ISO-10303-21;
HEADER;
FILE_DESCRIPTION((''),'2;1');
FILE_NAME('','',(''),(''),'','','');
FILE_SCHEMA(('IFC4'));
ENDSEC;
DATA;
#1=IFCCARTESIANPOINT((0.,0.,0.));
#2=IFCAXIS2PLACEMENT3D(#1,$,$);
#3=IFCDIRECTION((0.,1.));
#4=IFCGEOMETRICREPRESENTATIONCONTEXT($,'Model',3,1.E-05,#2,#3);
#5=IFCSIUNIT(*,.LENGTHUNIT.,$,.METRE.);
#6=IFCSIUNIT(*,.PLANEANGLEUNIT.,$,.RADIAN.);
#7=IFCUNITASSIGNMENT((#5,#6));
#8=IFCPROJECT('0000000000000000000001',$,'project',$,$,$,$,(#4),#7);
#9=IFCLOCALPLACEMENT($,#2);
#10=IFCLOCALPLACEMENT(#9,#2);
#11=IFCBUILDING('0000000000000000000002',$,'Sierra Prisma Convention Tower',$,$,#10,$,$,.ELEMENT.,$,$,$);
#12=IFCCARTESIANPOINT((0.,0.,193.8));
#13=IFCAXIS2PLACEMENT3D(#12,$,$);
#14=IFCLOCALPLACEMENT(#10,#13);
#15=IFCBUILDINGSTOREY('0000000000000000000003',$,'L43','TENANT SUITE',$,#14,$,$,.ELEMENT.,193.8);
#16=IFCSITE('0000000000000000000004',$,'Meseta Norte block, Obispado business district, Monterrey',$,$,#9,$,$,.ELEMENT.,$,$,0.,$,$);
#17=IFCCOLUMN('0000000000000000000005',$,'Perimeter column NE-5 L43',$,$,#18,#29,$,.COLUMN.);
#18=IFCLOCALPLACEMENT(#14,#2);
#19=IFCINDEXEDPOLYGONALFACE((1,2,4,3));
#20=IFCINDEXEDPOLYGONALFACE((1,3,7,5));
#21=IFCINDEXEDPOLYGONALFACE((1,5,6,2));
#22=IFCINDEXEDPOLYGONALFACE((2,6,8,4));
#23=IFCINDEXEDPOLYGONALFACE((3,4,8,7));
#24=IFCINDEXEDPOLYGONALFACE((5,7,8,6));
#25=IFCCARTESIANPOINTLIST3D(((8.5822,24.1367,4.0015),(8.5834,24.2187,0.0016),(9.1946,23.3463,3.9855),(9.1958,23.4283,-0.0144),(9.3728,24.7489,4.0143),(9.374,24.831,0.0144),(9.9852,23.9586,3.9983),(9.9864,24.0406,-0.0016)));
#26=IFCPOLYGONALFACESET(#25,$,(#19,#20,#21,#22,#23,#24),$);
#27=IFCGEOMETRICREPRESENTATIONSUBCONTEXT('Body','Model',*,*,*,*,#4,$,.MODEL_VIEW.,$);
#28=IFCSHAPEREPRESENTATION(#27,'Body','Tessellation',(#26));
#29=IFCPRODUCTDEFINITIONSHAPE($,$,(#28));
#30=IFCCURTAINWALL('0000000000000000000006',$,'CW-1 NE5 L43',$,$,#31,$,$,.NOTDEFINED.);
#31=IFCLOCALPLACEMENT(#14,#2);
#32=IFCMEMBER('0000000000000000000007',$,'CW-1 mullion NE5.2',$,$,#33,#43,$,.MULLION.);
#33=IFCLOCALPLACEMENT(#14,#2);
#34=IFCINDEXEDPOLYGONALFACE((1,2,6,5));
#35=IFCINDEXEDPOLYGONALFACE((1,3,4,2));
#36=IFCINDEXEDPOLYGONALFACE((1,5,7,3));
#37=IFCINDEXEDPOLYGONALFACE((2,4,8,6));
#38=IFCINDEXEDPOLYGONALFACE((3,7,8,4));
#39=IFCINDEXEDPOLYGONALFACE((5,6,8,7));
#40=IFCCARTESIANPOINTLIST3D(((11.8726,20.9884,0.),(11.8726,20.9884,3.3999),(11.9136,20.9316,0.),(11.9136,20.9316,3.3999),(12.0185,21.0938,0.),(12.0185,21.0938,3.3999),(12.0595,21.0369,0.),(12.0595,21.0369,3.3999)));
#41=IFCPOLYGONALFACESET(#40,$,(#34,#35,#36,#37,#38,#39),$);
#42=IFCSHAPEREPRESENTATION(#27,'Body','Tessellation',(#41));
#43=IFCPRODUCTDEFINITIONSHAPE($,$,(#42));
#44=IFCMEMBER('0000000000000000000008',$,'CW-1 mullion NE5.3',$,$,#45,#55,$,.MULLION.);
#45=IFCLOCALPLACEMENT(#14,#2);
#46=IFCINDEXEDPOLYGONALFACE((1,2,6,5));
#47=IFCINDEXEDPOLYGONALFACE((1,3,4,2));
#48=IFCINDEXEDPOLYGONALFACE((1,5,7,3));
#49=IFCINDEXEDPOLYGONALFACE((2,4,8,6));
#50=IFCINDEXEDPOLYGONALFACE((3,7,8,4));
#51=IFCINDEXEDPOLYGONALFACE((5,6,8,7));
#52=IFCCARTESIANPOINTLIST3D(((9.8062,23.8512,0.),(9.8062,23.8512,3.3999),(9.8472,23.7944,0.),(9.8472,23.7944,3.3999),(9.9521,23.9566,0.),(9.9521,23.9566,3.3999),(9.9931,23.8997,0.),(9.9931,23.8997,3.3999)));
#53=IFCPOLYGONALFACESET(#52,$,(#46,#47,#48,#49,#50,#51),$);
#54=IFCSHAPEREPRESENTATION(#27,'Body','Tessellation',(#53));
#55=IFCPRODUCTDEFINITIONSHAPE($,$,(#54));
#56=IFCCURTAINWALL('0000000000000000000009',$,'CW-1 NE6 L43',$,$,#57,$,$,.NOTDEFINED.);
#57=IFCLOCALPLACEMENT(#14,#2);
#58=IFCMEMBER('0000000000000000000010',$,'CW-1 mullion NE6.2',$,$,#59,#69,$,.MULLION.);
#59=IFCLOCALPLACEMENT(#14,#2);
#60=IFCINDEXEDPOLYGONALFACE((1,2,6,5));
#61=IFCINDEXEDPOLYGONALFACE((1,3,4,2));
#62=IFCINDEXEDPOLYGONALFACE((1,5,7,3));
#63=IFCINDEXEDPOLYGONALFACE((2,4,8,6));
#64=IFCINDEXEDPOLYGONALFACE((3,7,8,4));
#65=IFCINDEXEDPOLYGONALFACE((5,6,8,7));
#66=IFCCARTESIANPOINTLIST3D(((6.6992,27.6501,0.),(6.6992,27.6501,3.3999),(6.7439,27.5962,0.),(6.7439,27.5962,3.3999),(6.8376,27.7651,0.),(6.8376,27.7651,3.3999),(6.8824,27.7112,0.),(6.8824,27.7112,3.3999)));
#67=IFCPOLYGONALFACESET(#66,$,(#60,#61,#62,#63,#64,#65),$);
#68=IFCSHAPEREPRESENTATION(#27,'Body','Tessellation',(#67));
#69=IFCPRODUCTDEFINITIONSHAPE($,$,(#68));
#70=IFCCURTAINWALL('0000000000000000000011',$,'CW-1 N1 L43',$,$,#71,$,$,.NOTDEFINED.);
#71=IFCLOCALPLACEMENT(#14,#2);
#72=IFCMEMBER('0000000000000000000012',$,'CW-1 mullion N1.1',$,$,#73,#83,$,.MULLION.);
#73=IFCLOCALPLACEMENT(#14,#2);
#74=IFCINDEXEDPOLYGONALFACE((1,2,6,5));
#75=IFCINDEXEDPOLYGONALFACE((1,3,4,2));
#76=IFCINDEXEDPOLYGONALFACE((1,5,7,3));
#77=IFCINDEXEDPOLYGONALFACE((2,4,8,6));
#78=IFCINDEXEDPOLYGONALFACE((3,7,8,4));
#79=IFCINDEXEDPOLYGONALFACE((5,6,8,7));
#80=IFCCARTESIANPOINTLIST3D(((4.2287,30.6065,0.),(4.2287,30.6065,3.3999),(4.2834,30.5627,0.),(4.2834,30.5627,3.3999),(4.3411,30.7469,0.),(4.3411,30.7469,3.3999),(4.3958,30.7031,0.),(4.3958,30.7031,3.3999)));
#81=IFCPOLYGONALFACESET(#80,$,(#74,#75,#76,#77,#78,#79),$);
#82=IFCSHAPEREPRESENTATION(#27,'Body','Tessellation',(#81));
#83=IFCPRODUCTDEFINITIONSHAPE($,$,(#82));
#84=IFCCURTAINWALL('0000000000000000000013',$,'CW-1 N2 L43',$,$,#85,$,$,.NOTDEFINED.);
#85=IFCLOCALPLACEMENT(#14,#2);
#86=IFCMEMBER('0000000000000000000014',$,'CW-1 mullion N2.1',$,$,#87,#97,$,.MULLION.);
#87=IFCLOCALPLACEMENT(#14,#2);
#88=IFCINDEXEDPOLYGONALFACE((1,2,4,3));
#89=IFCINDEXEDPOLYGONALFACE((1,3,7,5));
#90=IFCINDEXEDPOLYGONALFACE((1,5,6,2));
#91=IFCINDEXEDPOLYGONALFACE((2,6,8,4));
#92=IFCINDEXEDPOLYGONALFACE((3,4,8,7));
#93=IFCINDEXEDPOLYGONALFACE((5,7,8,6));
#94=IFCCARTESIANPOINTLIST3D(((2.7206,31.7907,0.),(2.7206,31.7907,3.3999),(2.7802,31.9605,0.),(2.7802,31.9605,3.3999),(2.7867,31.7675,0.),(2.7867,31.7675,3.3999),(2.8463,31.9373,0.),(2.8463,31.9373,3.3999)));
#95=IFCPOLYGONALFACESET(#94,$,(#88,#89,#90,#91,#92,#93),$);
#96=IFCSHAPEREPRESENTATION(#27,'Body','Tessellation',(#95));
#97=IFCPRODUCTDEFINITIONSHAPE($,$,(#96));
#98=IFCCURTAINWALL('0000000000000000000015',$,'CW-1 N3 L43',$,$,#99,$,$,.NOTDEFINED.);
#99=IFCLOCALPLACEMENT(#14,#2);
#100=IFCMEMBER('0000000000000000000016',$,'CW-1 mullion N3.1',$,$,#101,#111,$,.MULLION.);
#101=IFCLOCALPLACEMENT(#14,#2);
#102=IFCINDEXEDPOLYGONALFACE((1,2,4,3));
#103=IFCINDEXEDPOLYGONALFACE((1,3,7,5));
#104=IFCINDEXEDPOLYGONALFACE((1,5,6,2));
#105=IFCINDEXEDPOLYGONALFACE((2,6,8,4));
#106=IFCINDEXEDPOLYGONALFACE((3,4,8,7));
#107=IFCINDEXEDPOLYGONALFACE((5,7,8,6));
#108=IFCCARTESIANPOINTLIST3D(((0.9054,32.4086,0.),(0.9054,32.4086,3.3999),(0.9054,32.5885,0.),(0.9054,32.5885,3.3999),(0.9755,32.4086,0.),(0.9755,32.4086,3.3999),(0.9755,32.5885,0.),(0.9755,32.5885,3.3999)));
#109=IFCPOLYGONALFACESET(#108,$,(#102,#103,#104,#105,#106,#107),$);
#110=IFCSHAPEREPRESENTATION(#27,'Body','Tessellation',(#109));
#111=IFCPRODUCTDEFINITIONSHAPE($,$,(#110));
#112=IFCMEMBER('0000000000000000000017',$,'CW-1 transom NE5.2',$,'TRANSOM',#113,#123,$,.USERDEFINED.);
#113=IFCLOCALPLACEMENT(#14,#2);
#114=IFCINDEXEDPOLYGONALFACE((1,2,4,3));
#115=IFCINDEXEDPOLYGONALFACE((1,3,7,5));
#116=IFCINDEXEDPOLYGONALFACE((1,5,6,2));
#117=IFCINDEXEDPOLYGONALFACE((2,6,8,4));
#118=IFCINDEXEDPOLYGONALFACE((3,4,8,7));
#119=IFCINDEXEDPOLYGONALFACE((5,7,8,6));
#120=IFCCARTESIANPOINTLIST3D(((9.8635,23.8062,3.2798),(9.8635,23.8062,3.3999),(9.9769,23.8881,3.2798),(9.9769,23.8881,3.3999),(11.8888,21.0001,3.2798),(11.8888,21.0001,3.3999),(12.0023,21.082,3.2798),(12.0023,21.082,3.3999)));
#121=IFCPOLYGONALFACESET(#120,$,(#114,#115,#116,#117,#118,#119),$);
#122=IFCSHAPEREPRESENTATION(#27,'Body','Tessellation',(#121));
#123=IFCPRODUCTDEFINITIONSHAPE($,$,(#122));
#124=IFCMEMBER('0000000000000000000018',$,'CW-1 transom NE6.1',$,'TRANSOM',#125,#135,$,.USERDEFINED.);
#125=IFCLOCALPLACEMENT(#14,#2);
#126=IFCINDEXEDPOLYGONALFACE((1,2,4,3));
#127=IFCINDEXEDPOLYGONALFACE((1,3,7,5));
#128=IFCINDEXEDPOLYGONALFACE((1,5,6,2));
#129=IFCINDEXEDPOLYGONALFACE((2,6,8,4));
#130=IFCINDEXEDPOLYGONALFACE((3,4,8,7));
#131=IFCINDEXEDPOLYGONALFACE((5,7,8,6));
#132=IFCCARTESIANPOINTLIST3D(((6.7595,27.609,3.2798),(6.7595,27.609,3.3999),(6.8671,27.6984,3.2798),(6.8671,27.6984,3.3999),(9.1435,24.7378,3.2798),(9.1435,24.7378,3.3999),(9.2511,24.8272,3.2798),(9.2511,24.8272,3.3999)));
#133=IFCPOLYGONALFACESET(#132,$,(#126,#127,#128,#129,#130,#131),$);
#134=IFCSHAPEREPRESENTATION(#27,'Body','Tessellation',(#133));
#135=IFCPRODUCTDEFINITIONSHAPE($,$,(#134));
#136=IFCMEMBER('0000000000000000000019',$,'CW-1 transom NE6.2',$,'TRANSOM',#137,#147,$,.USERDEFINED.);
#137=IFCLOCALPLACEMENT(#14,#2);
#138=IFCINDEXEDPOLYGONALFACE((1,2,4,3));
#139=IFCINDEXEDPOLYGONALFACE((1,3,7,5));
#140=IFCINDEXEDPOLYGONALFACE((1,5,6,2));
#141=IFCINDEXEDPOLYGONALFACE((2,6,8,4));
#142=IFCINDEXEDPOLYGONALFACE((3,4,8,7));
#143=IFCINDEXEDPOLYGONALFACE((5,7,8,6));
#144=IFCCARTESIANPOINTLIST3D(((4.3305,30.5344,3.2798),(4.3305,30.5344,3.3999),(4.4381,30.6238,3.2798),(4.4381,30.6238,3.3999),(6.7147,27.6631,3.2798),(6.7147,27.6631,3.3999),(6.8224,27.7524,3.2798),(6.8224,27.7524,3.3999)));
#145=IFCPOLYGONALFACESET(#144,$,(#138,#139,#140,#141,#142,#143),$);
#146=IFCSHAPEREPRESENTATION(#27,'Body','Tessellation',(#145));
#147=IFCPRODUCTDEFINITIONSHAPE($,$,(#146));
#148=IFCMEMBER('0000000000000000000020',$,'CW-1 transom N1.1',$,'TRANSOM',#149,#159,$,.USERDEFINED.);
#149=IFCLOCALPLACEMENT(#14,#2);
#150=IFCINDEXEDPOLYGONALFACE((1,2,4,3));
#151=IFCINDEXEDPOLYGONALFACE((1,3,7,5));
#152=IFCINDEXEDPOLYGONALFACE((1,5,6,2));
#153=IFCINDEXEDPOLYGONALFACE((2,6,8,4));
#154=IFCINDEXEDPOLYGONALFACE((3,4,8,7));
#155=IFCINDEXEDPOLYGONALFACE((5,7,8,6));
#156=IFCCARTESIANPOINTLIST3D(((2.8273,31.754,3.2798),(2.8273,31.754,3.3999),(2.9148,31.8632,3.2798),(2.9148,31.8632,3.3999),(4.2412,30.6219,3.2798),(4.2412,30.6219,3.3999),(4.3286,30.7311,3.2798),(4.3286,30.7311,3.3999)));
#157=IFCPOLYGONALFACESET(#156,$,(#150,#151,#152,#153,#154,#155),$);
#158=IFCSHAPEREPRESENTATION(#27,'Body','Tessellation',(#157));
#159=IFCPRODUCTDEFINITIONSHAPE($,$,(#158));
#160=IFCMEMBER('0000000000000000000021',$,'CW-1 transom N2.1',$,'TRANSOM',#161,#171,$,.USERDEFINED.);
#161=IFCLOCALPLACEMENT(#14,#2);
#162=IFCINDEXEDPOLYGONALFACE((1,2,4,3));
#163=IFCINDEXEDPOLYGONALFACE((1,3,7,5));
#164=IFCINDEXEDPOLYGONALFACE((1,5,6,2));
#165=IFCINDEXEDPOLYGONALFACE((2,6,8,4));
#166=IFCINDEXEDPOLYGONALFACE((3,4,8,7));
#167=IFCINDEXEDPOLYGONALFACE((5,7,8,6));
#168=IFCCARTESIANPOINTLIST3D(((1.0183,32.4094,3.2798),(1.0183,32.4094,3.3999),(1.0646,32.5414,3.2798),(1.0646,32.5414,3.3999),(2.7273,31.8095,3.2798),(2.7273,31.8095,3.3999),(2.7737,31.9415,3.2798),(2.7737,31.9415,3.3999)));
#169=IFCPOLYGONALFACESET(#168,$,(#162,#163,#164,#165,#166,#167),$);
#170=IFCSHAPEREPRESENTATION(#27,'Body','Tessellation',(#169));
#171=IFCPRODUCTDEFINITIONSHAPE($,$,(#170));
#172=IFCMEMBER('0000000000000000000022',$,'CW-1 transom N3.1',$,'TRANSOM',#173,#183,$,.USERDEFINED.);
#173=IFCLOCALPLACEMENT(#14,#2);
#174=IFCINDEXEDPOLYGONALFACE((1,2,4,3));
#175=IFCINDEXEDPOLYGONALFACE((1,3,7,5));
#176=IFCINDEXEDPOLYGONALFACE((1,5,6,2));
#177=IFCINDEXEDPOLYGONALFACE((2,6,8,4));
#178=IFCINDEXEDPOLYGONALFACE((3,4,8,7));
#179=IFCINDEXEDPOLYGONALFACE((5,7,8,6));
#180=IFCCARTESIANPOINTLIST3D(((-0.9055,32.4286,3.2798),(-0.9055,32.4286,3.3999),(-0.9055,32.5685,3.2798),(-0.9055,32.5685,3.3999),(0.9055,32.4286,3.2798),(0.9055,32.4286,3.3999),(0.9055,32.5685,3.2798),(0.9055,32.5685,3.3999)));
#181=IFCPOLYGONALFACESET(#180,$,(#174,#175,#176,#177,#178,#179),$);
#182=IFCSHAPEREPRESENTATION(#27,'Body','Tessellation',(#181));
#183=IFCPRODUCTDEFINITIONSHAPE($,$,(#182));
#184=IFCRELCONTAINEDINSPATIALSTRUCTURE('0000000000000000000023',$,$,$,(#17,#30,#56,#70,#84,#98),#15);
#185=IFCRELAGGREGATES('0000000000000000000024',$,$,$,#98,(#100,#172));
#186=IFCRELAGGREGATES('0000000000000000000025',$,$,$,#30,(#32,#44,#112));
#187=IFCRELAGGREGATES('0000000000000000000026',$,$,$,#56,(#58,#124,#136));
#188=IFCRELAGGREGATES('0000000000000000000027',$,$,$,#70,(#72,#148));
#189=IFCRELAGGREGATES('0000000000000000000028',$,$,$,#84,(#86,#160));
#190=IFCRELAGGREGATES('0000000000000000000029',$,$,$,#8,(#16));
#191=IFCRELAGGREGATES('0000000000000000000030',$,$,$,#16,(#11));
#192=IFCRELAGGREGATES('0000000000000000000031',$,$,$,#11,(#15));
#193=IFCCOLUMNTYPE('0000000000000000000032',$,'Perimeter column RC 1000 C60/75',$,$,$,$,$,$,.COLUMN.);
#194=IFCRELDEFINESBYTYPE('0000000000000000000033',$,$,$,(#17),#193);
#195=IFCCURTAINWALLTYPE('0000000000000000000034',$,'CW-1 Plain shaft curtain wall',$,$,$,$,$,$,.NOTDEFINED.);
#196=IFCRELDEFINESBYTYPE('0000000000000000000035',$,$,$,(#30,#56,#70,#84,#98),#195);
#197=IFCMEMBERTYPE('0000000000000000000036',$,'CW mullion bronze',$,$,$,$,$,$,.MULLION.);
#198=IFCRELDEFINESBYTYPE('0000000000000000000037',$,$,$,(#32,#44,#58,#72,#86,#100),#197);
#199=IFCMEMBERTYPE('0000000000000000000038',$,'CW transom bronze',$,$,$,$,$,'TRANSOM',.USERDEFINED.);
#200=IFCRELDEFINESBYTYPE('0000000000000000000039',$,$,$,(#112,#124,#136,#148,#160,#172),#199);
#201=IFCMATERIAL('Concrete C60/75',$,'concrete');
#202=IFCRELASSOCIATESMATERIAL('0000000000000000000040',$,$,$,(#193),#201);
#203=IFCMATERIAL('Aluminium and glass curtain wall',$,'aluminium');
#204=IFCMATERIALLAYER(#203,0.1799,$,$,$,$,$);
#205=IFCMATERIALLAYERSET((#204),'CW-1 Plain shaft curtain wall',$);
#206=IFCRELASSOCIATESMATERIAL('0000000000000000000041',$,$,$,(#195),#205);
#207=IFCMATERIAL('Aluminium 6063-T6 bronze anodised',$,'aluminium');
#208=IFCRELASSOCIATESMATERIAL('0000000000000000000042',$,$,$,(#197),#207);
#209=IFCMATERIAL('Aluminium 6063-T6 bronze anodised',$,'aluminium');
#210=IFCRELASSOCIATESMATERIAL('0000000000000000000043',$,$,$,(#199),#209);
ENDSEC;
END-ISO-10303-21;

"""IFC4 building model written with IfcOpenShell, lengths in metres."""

from ifc_helpers import new_model, si_unit, direction, frame, origin, origin_2d, place, context, subcontext, project, spatial, rectangle, extrude, material, layer, layer_set, material_profile, profile_set, type_object, element, aggregate, save


model = new_model("IFC4")

# Units and contexts
model_context = context("Model", 3, precision=1e-05, world=origin(), true_north=direction((0.0, 1.0)))
body_context = subcontext(model_context, "Body", "Model", "MODEL_VIEW")
ifc_project = project(units=[si_unit("LENGTHUNIT", "METRE"), si_unit("PLANEANGLEUNIT", "RADIAN")], contexts=[model_context])

# Site, building, storey
site_placement = place(None, origin())
site = spatial("IfcSite", under=ifc_project, at=site_placement, Name="Meseta Norte block, Obispado business district, Monterrey", CompositionType="ELEMENT", RefElevation=0.0)
building_placement = place(site_placement, origin())
building = spatial("IfcBuilding", under=site, at=building_placement, Name="Sierra Prisma Convention Tower", CompositionType="ELEMENT")
storey_placement = place(building_placement, frame((0.0, 0.0, 193.8)))
storey = spatial("IfcBuildingStorey", under=building, at=storey_placement, Name="L43", Description="TENANT SUITE", CompositionType="ELEMENT", Elevation=193.8)

# Column
ifc_material_1 = material(Name="Concrete C60/75", Category="concrete")
ifc_material_profile_1 = material_profile(ifc_material_1, rectangle(XDim=1.0, YDim=1.0, at=origin_2d()), Name="Perimeter column RC 1000 C60/75")
ifc_profile_set_1 = profile_set([ifc_material_profile_1], Name="Concrete C60/75")
column_type = type_object("IfcColumnType", Name="Perimeter column RC 1000 C60/75", PredefinedType="COLUMN", material=ifc_profile_set_1)
column_placement = place(storey_placement, frame((9.2849, 24.1296, 0.0), z_axis=(-0.000305, -0.020504, 0.99979), x_axis=(-0.612402, 0.790384, 0.016022)))
element("IfcColumn", 1, at=column_placement, inside=storey, type_object=column_type, Name="Perimeter column NE-5 L43", PredefinedType="COLUMN", context=body_context, shape_type="SweptSolid", body=[
    extrude(rectangle(XDim=1.0, YDim=1.0, at=origin_2d()), origin(), (0.0, 0.0, 1.0), 4.0007),
])

# Curtain wall, members
ifc_material_2 = material(Name="Aluminium and glass curtain wall", Category="aluminium")
ifc_layer_1 = layer(ifc_material_2, 0.1799)
ifc_layer_set_1 = layer_set([ifc_layer_1], Name="CW-1 Plain shaft curtain wall")
curtain_wall_type = type_object("IfcCurtainWallType", Name="CW-1 Plain shaft curtain wall", PredefinedType="NOTDEFINED", material=ifc_layer_set_1)
curtain_wall_1_placement = place(storey_placement, origin())
curtain_wall_1 = element("IfcCurtainWall", 2, at=curtain_wall_1_placement, inside=storey, type_object=curtain_wall_type, Name="CW-1 NE5 L43", PredefinedType="NOTDEFINED")
ifc_material_3 = material(Name="Aluminium 6063-T6 bronze anodised", Category="aluminium")
ifc_material_profile_2 = material_profile(ifc_material_3, rectangle(XDim=0.1799, YDim=0.0701, at=origin_2d()), Name="ALU MULLION 70x180")
ifc_profile_set_2 = profile_set([ifc_material_profile_2], Name="Aluminium 6063-T6 bronze anodised")
member_type_1 = type_object("IfcMemberType", Name="CW mullion bronze", PredefinedType="MULLION", material=ifc_profile_set_2)
member_1_placement = place(storey_placement, frame((11.9661, 21.0127, 0.0), z_axis=(0.0, 0.0, 1.0), x_axis=(-0.810833, -0.585277, 0.0)))
member_1 = element("IfcMember", 3, at=member_1_placement, type_object=member_type_1, Name="CW-1 mullion NE5.2", PredefinedType="MULLION", context=body_context, shape_type="SweptSolid", body=[
    extrude(rectangle(XDim=0.1799, YDim=0.0701, at=origin_2d()), origin(), (0.0, 0.0, 1.0), 3.3999),
])
member_2_placement = place(storey_placement, frame((9.8997, 23.8755, 0.0), z_axis=(0.0, 0.0, 1.0), x_axis=(-0.810833, -0.585277, 0.0)))
member_2 = element("IfcMember", 4, at=member_2_placement, type_object=member_type_1, Name="CW-1 mullion NE5.3", PredefinedType="MULLION", context=body_context, shape_type="SweptSolid", body=[
    extrude(rectangle(XDim=0.1799, YDim=0.0701, at=origin_2d()), origin(), (0.0, 0.0, 1.0), 3.3999),
])

# Curtain walls, members
curtain_wall_2_placement = place(storey_placement, origin())
curtain_wall_2 = element("IfcCurtainWall", 5, at=curtain_wall_2_placement, inside=storey, type_object=curtain_wall_type, Name="CW-1 NE6 L43", PredefinedType="NOTDEFINED")
member_3_placement = place(storey_placement, frame((6.7908, 27.6807, 0.0), z_axis=(0.0, 0.0, 1.0), x_axis=(-0.769352, -0.638825, 0.0)))
member_3 = element("IfcMember", 6, at=member_3_placement, type_object=member_type_1, Name="CW-1 mullion NE6.2", PredefinedType="MULLION", context=body_context, shape_type="SweptSolid", body=[
    extrude(rectangle(XDim=0.1799, YDim=0.0701, at=origin_2d()), origin(), (0.0, 0.0, 1.0), 3.3999),
])
curtain_wall_3_placement = place(storey_placement, origin())
curtain_wall_3 = element("IfcCurtainWall", 7, at=curtain_wall_3_placement, inside=storey, type_object=curtain_wall_type, Name="CW-1 N1 L43", PredefinedType="NOTDEFINED")
member_4_placement = place(storey_placement, frame((4.3123, 30.6548, 0.0), z_axis=(0.0, 0.0, 1.0), x_axis=(-0.625023, -0.780606, 0.0)))
member_4 = element("IfcMember", 8, at=member_4_placement, type_object=member_type_1, Name="CW-1 mullion N1.1", PredefinedType="MULLION", context=body_context, shape_type="SweptSolid", body=[
    extrude(rectangle(XDim=0.1799, YDim=0.0701, at=origin_2d()), origin(), (0.0, 0.0, 1.0), 3.3999),
])
curtain_wall_4_placement = place(storey_placement, origin())
curtain_wall_4 = element("IfcCurtainWall", 9, at=curtain_wall_4_placement, inside=storey, type_object=curtain_wall_type, Name="CW-1 N2 L43", PredefinedType="NOTDEFINED")
member_5_placement = place(storey_placement, frame((2.7834, 31.864, 0.0), z_axis=(0.0, 0.0, 1.0), x_axis=(-0.331205, -0.943559, 0.0)))
member_5 = element("IfcMember", 10, at=member_5_placement, type_object=member_type_1, Name="CW-1 mullion N2.1", PredefinedType="MULLION", context=body_context, shape_type="SweptSolid", body=[
    extrude(rectangle(XDim=0.1799, YDim=0.0701, at=origin_2d()), origin(), (0.0, 0.0, 1.0), 3.3999),
])
curtain_wall_5_placement = place(storey_placement, origin())
curtain_wall_5 = element("IfcCurtainWall", 11, at=curtain_wall_5_placement, inside=storey, type_object=curtain_wall_type, Name="CW-1 N3 L43", PredefinedType="NOTDEFINED")
member_6_placement = place(storey_placement, frame((0.9404, 32.4985, 0.0), z_axis=(0.0, 0.0, 1.0), x_axis=(0.0, -1.0, 0.0)))
member_6 = element("IfcMember", 12, at=member_6_placement, type_object=member_type_1, Name="CW-1 mullion N3.1", PredefinedType="MULLION", context=body_context, shape_type="SweptSolid", body=[
    extrude(rectangle(XDim=0.1799, YDim=0.0701, at=origin_2d()), origin(), (0.0, 0.0, 1.0), 3.3999),
])

# Members
ifc_material_4 = material(Name="Aluminium 6063-T6 bronze anodised", Category="aluminium")
ifc_material_profile_3 = material_profile(ifc_material_4, rectangle(XDim=0.1399, YDim=0.1201, at=origin_2d()), Name="ALU TRANSOM 120x140")
ifc_profile_set_3 = profile_set([ifc_material_profile_3], Name="Aluminium 6063-T6 bronze anodised")
member_type_2 = type_object("IfcMemberType", Name="CW transom bronze", ElementType="TRANSOM", PredefinedType="USERDEFINED", material=ifc_profile_set_3)
member_7_placement = place(storey_placement, frame((11.9456, 21.041, 3.3398), z_axis=(-0.585248, 0.810854, 0.0), x_axis=(-0.810854, -0.585248, 0.0)))
member_7 = element("IfcMember", 13, at=member_7_placement, type_object=member_type_2, Name="CW-1 transom NE5.2", ObjectType="TRANSOM", PredefinedType="USERDEFINED", context=body_context, shape_type="SweptSolid", body=[
    extrude(rectangle(XDim=0.1399, YDim=0.1201, at=origin_2d()), origin(), (0.0, 0.0, 1.0), 3.4607),
])
member_8_placement = place(storey_placement, frame((9.1973, 24.7825, 3.3398), z_axis=(-0.6388, 0.769373, 0.0), x_axis=(-0.769373, -0.6388, 0.0)))
member_8 = element("IfcMember", 14, at=member_8_placement, type_object=member_type_2, Name="CW-1 transom NE6.1", ObjectType="TRANSOM", PredefinedType="USERDEFINED", context=body_context, shape_type="SweptSolid", body=[
    extrude(rectangle(XDim=0.1399, YDim=0.1201, at=origin_2d()), origin(), (0.0, 0.0, 1.0), 3.7319),
])
member_9_placement = place(storey_placement, frame((6.7686, 27.7078, 3.3398), z_axis=(-0.638839, 0.769341, 0.0), x_axis=(-0.769341, -0.638839, 0.0)))
member_9 = element("IfcMember", 15, at=member_9_placement, type_object=member_type_2, Name="CW-1 transom NE6.2", ObjectType="TRANSOM", PredefinedType="USERDEFINED", context=body_context, shape_type="SweptSolid", body=[
    extrude(rectangle(XDim=0.1399, YDim=0.1201, at=origin_2d()), origin(), (0.0, 0.0, 1.0), 3.7322),
])
member_10_placement = place(storey_placement, frame((4.2849, 30.6765, 3.3398), z_axis=(-0.780593, 0.62504, 0.0), x_axis=(-0.62504, -0.780593, 0.0)))
member_10 = element("IfcMember", 16, at=member_10_placement, type_object=member_type_2, Name="CW-1 transom N1.1", ObjectType="TRANSOM", PredefinedType="USERDEFINED", context=body_context, shape_type="SweptSolid", body=[
    extrude(rectangle(XDim=0.1399, YDim=0.1201, at=origin_2d()), origin(), (0.0, 0.0, 1.0), 1.8113),
])
member_11_placement = place(storey_placement, frame((2.7505, 31.8755, 3.3398), z_axis=(-0.943564, 0.331191, 0.0), x_axis=(-0.331191, -0.943564, 0.0)))
member_11 = element("IfcMember", 17, at=member_11_placement, type_object=member_type_2, Name="CW-1 transom N2.1", ObjectType="TRANSOM", PredefinedType="USERDEFINED", context=body_context, shape_type="SweptSolid", body=[
    extrude(rectangle(XDim=0.1399, YDim=0.1201, at=origin_2d()), origin(), (0.0, 0.0, 1.0), 1.8113),
])
member_12_placement = place(storey_placement, frame((0.9055, 32.4985, 3.3398), z_axis=(-1.0, 0.0, 0.0), x_axis=(0.0, -1.0, 0.0)))
member_12 = element("IfcMember", 18, at=member_12_placement, type_object=member_type_2, Name="CW-1 transom N3.1", ObjectType="TRANSOM", PredefinedType="USERDEFINED", context=body_context, shape_type="SweptSolid", body=[
    extrude(rectangle(XDim=0.1399, YDim=0.1201, at=origin_2d()), origin(), (0.0, 0.0, 1.0), 1.811),
])
aggregate(curtain_wall_5, [member_6, member_12])

aggregate(curtain_wall_1, [member_1, member_2, member_7])
aggregate(curtain_wall_2, [member_3, member_8, member_9])
aggregate(curtain_wall_3, [member_4, member_10])
aggregate(curtain_wall_4, [member_5, member_11])

save(model, "model.ifc")
